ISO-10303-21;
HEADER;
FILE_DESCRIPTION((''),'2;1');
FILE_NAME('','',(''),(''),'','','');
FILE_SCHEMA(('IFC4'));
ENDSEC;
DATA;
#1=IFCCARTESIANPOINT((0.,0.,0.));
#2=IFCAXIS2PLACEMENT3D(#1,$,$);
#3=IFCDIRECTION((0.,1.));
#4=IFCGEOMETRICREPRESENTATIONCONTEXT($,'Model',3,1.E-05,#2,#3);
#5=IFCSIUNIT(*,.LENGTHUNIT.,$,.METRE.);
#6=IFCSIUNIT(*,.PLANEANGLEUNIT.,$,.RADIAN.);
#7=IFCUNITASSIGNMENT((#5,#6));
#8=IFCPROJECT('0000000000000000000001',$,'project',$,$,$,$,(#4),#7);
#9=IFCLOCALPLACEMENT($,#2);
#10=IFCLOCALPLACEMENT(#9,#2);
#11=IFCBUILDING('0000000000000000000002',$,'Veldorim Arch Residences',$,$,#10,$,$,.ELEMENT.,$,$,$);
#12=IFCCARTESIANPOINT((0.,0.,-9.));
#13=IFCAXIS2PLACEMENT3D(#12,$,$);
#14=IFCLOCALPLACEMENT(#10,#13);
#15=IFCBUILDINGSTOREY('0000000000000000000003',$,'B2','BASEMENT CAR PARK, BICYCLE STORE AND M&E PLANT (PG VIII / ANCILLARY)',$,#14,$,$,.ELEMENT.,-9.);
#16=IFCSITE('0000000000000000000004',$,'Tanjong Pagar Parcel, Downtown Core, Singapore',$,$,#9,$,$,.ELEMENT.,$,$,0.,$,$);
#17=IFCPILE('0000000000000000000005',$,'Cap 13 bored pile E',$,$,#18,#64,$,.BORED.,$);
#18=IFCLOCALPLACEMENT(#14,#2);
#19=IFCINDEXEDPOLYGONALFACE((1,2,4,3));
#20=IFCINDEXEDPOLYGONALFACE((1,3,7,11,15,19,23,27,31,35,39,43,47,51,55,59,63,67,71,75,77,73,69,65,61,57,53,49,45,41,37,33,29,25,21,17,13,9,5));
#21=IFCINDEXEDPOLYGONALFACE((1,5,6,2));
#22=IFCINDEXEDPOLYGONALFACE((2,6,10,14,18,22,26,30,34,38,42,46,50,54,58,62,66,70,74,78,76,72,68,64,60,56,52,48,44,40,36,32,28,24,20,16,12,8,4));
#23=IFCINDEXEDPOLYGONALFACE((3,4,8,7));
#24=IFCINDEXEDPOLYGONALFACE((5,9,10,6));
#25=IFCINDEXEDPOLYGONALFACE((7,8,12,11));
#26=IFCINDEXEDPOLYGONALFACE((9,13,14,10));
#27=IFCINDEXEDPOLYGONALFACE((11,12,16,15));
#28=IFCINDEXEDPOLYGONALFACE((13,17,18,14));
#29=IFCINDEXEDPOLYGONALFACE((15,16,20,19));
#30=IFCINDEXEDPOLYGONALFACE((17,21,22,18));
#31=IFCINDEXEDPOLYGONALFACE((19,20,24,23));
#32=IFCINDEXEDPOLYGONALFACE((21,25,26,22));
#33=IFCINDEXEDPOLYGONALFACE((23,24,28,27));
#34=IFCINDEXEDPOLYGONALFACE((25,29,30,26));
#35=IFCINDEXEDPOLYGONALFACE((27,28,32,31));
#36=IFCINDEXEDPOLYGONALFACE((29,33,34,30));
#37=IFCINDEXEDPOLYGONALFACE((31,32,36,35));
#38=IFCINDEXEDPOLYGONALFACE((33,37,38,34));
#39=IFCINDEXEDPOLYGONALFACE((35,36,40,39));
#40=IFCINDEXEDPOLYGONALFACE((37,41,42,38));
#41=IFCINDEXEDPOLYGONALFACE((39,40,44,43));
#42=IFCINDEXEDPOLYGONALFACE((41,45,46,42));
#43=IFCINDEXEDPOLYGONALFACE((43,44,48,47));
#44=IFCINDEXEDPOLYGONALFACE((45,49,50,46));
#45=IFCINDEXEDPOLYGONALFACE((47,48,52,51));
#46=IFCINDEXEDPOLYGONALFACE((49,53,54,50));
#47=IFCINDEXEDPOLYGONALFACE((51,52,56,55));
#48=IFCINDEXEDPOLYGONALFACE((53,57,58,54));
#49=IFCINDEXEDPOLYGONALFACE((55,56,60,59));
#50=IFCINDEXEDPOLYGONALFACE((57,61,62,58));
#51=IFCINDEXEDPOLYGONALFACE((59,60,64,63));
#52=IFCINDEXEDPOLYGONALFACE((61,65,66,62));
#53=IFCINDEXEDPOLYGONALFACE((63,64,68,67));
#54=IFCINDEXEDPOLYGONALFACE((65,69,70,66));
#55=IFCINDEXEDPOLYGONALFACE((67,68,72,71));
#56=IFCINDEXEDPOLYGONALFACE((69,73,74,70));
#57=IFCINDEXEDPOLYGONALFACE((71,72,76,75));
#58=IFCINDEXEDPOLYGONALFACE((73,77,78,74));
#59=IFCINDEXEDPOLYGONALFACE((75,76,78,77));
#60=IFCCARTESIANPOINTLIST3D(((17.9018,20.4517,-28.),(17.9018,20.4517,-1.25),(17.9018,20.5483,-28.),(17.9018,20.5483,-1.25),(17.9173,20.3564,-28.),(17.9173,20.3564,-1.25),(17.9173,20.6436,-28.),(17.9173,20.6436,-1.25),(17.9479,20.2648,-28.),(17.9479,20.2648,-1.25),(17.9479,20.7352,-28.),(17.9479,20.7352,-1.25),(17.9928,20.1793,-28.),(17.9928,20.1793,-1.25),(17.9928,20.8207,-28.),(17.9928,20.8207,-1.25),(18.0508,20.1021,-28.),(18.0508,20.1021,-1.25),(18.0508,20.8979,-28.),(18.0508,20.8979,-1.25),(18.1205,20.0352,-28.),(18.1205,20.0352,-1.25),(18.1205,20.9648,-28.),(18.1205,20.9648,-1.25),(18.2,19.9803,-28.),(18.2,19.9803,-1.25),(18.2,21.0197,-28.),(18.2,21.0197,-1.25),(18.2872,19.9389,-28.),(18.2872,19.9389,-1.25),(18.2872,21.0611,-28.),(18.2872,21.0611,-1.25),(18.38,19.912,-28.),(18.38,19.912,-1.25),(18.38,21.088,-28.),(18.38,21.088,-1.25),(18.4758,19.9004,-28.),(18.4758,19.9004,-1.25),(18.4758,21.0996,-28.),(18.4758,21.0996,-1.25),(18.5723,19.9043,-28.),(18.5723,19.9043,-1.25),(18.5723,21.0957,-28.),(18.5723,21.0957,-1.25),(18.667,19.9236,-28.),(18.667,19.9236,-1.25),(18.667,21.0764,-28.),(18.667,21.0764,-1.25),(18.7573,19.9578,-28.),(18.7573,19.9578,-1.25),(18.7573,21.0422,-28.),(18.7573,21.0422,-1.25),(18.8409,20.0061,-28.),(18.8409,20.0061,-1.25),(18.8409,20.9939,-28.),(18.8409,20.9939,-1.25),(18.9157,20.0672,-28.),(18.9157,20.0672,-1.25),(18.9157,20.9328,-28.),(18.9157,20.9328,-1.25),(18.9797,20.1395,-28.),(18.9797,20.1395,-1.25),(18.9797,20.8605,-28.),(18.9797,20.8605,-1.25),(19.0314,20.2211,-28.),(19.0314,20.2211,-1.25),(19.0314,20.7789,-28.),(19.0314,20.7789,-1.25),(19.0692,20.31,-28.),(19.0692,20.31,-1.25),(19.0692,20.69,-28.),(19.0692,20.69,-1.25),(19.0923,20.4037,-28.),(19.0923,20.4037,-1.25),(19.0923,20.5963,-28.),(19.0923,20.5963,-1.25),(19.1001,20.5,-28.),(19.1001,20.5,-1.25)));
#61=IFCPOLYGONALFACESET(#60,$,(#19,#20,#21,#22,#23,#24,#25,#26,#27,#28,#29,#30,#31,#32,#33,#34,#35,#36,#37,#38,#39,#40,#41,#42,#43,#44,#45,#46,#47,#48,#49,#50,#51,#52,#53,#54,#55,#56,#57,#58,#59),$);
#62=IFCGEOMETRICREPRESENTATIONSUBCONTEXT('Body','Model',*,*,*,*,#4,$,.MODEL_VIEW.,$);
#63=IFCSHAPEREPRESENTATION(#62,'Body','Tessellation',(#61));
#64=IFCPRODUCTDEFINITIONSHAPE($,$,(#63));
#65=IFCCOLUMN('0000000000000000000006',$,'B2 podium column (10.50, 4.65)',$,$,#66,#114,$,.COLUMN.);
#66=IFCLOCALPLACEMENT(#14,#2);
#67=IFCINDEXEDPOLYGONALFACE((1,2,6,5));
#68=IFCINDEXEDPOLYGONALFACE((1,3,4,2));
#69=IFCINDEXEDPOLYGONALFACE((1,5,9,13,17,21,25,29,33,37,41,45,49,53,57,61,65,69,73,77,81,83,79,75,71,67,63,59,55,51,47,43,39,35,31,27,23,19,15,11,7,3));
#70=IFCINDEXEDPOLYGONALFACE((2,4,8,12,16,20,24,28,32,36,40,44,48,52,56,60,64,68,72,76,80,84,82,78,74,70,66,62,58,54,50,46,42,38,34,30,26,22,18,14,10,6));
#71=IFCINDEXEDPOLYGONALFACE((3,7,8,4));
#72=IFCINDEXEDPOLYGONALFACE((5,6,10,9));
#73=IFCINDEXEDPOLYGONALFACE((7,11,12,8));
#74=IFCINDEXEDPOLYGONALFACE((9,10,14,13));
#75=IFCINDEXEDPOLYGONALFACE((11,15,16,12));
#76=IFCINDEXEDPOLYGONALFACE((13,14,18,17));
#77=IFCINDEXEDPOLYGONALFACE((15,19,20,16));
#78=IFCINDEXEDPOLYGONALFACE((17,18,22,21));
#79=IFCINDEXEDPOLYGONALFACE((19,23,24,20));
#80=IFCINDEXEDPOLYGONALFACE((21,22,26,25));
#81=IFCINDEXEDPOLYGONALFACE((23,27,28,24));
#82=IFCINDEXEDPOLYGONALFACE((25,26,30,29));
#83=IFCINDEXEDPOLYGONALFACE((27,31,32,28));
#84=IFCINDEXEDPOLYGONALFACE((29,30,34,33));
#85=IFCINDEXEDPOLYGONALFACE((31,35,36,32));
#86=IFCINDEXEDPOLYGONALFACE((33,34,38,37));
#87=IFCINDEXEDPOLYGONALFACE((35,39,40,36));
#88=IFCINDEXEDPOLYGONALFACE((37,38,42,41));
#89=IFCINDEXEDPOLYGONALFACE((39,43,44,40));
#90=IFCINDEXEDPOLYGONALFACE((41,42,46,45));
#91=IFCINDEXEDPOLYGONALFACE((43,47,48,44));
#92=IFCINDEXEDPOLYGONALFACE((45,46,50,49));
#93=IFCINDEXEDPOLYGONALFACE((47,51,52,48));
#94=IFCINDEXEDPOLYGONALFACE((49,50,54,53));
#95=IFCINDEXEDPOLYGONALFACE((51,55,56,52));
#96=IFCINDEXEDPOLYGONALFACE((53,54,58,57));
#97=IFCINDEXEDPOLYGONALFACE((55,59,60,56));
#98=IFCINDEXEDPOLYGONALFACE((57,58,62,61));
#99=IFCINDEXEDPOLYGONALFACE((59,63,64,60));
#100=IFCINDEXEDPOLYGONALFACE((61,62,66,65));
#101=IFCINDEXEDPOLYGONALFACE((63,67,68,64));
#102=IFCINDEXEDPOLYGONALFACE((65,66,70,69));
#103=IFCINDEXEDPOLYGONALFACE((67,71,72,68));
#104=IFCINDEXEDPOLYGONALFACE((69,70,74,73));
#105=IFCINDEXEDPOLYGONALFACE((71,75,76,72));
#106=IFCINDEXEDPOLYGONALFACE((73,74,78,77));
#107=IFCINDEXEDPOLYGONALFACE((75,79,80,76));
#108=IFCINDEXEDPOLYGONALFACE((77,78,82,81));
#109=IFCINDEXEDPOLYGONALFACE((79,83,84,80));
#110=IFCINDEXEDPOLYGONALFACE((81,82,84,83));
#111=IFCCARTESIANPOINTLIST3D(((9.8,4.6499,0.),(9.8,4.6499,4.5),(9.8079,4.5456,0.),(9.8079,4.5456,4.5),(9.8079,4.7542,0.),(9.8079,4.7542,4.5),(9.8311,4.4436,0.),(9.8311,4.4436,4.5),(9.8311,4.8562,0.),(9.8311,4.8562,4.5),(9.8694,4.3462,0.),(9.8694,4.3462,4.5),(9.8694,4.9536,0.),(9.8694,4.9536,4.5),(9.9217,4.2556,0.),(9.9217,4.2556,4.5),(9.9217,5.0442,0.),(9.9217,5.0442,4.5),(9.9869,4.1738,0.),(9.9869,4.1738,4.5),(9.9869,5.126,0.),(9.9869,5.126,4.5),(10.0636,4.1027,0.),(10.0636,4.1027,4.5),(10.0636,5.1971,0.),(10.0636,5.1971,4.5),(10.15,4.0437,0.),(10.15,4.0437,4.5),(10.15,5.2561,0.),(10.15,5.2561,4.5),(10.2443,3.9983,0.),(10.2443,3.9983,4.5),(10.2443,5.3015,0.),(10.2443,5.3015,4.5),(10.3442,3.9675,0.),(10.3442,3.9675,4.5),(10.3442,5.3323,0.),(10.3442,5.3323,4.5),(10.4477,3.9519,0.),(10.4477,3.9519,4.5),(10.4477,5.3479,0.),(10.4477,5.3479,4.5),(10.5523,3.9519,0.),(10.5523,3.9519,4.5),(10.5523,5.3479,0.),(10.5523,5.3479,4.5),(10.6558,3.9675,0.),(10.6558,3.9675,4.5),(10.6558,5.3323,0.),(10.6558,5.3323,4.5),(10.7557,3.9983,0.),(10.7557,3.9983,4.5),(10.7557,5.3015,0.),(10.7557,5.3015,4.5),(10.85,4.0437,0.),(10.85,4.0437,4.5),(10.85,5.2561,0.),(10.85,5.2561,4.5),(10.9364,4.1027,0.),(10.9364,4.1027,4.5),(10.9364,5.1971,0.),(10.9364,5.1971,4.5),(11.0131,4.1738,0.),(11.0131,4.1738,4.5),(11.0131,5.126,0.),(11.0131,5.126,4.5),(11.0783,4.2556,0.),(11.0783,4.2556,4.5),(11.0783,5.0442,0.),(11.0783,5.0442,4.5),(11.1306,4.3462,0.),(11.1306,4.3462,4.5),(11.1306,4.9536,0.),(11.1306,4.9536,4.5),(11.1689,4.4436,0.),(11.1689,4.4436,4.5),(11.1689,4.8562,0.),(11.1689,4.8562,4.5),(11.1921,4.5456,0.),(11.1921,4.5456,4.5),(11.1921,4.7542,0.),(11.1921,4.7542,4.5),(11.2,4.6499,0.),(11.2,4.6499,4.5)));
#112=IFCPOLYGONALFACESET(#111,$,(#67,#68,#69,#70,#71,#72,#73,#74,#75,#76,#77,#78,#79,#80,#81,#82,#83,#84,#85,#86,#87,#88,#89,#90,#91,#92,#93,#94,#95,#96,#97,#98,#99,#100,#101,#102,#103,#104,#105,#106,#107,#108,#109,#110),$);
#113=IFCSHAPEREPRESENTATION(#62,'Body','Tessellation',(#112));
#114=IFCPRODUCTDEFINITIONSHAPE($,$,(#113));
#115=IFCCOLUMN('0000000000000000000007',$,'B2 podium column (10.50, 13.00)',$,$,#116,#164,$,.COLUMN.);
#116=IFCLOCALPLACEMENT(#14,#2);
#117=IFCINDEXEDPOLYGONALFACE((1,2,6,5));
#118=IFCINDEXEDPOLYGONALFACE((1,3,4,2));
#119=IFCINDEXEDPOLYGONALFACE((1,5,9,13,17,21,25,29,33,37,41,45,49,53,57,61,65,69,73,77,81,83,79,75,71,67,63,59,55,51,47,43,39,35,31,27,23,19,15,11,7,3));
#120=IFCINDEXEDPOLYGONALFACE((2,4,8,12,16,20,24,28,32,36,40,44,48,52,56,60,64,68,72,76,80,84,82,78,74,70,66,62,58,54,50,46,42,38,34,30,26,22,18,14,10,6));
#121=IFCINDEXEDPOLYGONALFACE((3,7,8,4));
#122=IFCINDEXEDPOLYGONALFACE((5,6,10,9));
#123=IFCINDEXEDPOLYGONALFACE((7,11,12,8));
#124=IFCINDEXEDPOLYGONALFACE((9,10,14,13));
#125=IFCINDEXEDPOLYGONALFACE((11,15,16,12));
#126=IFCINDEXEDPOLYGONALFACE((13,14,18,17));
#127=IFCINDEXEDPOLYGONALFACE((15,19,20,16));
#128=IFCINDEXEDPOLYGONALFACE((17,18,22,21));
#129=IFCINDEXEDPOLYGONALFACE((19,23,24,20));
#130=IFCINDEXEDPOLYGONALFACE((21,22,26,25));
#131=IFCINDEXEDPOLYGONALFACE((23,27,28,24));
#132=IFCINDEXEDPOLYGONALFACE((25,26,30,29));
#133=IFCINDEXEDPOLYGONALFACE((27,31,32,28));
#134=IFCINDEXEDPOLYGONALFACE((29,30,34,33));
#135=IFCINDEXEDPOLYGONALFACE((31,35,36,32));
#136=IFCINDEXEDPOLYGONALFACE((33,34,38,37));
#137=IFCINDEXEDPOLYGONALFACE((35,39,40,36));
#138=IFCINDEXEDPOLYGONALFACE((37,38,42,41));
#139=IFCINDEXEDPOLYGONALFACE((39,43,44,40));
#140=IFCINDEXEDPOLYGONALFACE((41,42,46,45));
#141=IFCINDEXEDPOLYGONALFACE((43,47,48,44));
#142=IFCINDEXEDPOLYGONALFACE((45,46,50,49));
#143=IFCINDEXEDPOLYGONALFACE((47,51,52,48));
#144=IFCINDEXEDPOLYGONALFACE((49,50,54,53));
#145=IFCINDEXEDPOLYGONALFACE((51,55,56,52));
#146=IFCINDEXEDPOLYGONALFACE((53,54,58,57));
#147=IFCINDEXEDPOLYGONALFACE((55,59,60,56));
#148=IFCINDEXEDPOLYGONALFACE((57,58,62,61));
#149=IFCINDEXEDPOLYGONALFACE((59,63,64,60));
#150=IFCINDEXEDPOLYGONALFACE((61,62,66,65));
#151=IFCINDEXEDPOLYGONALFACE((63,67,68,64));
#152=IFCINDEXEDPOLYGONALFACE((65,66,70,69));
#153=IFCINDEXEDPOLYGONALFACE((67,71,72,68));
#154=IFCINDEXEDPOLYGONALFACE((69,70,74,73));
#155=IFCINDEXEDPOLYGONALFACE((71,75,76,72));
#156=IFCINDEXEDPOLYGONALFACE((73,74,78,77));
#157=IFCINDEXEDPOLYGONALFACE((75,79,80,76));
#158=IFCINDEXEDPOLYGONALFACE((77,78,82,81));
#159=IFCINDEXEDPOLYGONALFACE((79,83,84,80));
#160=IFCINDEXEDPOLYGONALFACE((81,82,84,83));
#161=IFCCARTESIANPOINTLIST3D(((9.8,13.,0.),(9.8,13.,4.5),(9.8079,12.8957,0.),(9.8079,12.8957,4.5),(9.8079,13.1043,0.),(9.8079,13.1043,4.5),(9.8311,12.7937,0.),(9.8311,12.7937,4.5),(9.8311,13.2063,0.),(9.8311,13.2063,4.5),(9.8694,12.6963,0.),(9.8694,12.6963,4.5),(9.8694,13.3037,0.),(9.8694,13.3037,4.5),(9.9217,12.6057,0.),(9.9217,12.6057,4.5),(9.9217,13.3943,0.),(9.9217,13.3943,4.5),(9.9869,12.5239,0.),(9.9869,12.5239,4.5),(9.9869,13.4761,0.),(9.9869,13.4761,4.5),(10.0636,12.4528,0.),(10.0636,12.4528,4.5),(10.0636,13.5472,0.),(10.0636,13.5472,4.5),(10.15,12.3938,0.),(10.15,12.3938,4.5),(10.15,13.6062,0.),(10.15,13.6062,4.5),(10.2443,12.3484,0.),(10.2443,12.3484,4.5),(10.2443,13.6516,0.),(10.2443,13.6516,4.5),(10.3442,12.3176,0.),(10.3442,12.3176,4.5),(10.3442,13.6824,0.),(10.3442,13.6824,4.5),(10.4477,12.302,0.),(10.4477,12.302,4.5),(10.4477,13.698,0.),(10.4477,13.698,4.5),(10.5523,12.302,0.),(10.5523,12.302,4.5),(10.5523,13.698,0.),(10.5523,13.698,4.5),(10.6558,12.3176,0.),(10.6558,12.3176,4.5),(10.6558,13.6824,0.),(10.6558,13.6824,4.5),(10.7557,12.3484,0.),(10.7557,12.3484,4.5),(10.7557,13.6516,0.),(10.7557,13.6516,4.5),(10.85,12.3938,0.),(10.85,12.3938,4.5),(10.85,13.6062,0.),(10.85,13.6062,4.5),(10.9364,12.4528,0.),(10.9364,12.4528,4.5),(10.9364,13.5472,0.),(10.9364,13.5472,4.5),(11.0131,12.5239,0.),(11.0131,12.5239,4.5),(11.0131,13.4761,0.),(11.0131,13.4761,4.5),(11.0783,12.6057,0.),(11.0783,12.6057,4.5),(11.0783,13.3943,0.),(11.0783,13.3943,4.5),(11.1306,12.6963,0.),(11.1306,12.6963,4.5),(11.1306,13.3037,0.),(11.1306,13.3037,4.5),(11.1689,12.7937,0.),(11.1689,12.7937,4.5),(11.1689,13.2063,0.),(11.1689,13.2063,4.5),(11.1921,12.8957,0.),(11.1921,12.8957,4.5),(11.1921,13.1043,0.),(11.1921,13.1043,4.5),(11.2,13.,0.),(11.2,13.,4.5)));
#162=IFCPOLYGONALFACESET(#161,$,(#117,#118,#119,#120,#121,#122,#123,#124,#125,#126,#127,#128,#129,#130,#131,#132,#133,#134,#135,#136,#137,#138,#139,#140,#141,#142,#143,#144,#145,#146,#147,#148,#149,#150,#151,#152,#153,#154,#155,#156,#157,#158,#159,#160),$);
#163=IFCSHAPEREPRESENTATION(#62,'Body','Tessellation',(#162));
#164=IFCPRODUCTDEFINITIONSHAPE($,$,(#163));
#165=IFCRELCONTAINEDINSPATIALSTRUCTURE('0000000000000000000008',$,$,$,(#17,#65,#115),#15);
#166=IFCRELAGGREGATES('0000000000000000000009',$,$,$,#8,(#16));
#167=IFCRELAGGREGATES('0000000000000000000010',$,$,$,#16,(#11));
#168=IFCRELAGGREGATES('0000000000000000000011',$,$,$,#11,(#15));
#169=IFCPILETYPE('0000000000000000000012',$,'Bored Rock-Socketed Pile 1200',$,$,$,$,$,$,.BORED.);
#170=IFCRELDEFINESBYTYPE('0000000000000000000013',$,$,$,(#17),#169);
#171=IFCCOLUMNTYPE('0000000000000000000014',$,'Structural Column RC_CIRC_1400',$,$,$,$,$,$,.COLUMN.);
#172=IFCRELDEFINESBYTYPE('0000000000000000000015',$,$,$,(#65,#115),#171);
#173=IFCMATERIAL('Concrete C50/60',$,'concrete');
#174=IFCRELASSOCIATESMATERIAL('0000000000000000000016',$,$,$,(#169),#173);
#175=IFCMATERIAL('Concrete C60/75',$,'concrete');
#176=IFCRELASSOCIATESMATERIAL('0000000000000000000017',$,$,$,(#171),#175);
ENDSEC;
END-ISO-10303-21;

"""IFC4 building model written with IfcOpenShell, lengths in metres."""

from ifc_helpers import new_model, si_unit, direction, frame, origin, origin_2d, place, context, subcontext, project, spatial, circle, extrude, material, material_profile, profile_set, type_object, element, save


model = new_model("IFC4")

# Units and contexts
model_context = context("Model", 3, precision=1e-05, world=origin(), true_north=direction((0.0, 1.0)))
body_context = subcontext(model_context, "Body", "Model", "MODEL_VIEW")
ifc_project = project(units=[si_unit("LENGTHUNIT", "METRE"), si_unit("PLANEANGLEUNIT", "RADIAN")], contexts=[model_context])

# Site, building, storey
site_placement = place(None, origin())
site = spatial("IfcSite", under=ifc_project, at=site_placement, Name="Tanjong Pagar Parcel, Downtown Core, Singapore", CompositionType="ELEMENT", RefElevation=0.0)
building_placement = place(site_placement, origin())
building = spatial("IfcBuilding", under=site, at=building_placement, Name="Veldorim Arch Residences", CompositionType="ELEMENT")
storey_placement = place(building_placement, frame((0.0, 0.0, -9.0)))
storey = spatial("IfcBuildingStorey", under=building, at=storey_placement, Name="B2", Description="BASEMENT CAR PARK, BICYCLE STORE AND M&E PLANT (PG VIII / ANCILLARY)", CompositionType="ELEMENT", Elevation=-9.0)

# Pile
ifc_material_1 = material(Name="Concrete C50/60", Category="concrete")
ifc_material_profile_1 = material_profile(ifc_material_1, circle(Radius=0.6001, at=origin_2d()), Name="PILE_1200")
ifc_profile_set_1 = profile_set([ifc_material_profile_1], Name="Concrete C50/60")
pile_type = type_object("IfcPileType", Name="Bored Rock-Socketed Pile 1200", PredefinedType="BORED", material=ifc_profile_set_1)
for number, where, z_axis, x_axis, name in (
    (1, (18.5, 20.5, -1.25), (0.0, 0.0, -1.0), (1.0, 0.0, 0.0), "Cap 13 bored pile E"),
):
    element("IfcPile", number, at=place(storey_placement, frame(where, z_axis=z_axis, x_axis=x_axis)), inside=storey, type_object=pile_type, Name=name, PredefinedType="BORED", context=body_context, shape_type="SweptSolid", body=[
        extrude(circle(Radius=0.6001, at=origin_2d()), origin(), (0.0, 0.0, 1.0), 26.75),
    ])

# Columns
ifc_material_2 = material(Name="Concrete C60/75", Category="concrete")
ifc_material_profile_2 = material_profile(ifc_material_2, circle(Radius=0.7, at=origin_2d()), Name="RC_CIRC_1400")
ifc_profile_set_2 = profile_set([ifc_material_profile_2], Name="Concrete C60/75")
column_type_1 = type_object("IfcColumnType", Name="Structural Column RC_CIRC_1400", PredefinedType="COLUMN", material=ifc_profile_set_2)
for number, where, z_axis, x_axis, name in (
    (2, (10.5, 4.6499, 0.0), (0.0, 0.0, 1.0), (1.0, 0.0, 0.0), "B2 podium column (10.50, 4.65)"),
    (3, (10.5, 13.0, 0.0), (0.0, 0.0, 1.0), (1.0, 0.0, 0.0), "B2 podium column (10.50, 13.00)"),
):
    element("IfcColumn", number, at=place(storey_placement, frame(where, z_axis=z_axis, x_axis=x_axis)), inside=storey, type_object=column_type_1, Name=name, PredefinedType="COLUMN", context=body_context, shape_type="SweptSolid", body=[
        extrude(circle(Radius=0.7, at=origin_2d()), origin(), (0.0, 0.0, 1.0), 4.5),
    ])

save(model, "model.ifc")
